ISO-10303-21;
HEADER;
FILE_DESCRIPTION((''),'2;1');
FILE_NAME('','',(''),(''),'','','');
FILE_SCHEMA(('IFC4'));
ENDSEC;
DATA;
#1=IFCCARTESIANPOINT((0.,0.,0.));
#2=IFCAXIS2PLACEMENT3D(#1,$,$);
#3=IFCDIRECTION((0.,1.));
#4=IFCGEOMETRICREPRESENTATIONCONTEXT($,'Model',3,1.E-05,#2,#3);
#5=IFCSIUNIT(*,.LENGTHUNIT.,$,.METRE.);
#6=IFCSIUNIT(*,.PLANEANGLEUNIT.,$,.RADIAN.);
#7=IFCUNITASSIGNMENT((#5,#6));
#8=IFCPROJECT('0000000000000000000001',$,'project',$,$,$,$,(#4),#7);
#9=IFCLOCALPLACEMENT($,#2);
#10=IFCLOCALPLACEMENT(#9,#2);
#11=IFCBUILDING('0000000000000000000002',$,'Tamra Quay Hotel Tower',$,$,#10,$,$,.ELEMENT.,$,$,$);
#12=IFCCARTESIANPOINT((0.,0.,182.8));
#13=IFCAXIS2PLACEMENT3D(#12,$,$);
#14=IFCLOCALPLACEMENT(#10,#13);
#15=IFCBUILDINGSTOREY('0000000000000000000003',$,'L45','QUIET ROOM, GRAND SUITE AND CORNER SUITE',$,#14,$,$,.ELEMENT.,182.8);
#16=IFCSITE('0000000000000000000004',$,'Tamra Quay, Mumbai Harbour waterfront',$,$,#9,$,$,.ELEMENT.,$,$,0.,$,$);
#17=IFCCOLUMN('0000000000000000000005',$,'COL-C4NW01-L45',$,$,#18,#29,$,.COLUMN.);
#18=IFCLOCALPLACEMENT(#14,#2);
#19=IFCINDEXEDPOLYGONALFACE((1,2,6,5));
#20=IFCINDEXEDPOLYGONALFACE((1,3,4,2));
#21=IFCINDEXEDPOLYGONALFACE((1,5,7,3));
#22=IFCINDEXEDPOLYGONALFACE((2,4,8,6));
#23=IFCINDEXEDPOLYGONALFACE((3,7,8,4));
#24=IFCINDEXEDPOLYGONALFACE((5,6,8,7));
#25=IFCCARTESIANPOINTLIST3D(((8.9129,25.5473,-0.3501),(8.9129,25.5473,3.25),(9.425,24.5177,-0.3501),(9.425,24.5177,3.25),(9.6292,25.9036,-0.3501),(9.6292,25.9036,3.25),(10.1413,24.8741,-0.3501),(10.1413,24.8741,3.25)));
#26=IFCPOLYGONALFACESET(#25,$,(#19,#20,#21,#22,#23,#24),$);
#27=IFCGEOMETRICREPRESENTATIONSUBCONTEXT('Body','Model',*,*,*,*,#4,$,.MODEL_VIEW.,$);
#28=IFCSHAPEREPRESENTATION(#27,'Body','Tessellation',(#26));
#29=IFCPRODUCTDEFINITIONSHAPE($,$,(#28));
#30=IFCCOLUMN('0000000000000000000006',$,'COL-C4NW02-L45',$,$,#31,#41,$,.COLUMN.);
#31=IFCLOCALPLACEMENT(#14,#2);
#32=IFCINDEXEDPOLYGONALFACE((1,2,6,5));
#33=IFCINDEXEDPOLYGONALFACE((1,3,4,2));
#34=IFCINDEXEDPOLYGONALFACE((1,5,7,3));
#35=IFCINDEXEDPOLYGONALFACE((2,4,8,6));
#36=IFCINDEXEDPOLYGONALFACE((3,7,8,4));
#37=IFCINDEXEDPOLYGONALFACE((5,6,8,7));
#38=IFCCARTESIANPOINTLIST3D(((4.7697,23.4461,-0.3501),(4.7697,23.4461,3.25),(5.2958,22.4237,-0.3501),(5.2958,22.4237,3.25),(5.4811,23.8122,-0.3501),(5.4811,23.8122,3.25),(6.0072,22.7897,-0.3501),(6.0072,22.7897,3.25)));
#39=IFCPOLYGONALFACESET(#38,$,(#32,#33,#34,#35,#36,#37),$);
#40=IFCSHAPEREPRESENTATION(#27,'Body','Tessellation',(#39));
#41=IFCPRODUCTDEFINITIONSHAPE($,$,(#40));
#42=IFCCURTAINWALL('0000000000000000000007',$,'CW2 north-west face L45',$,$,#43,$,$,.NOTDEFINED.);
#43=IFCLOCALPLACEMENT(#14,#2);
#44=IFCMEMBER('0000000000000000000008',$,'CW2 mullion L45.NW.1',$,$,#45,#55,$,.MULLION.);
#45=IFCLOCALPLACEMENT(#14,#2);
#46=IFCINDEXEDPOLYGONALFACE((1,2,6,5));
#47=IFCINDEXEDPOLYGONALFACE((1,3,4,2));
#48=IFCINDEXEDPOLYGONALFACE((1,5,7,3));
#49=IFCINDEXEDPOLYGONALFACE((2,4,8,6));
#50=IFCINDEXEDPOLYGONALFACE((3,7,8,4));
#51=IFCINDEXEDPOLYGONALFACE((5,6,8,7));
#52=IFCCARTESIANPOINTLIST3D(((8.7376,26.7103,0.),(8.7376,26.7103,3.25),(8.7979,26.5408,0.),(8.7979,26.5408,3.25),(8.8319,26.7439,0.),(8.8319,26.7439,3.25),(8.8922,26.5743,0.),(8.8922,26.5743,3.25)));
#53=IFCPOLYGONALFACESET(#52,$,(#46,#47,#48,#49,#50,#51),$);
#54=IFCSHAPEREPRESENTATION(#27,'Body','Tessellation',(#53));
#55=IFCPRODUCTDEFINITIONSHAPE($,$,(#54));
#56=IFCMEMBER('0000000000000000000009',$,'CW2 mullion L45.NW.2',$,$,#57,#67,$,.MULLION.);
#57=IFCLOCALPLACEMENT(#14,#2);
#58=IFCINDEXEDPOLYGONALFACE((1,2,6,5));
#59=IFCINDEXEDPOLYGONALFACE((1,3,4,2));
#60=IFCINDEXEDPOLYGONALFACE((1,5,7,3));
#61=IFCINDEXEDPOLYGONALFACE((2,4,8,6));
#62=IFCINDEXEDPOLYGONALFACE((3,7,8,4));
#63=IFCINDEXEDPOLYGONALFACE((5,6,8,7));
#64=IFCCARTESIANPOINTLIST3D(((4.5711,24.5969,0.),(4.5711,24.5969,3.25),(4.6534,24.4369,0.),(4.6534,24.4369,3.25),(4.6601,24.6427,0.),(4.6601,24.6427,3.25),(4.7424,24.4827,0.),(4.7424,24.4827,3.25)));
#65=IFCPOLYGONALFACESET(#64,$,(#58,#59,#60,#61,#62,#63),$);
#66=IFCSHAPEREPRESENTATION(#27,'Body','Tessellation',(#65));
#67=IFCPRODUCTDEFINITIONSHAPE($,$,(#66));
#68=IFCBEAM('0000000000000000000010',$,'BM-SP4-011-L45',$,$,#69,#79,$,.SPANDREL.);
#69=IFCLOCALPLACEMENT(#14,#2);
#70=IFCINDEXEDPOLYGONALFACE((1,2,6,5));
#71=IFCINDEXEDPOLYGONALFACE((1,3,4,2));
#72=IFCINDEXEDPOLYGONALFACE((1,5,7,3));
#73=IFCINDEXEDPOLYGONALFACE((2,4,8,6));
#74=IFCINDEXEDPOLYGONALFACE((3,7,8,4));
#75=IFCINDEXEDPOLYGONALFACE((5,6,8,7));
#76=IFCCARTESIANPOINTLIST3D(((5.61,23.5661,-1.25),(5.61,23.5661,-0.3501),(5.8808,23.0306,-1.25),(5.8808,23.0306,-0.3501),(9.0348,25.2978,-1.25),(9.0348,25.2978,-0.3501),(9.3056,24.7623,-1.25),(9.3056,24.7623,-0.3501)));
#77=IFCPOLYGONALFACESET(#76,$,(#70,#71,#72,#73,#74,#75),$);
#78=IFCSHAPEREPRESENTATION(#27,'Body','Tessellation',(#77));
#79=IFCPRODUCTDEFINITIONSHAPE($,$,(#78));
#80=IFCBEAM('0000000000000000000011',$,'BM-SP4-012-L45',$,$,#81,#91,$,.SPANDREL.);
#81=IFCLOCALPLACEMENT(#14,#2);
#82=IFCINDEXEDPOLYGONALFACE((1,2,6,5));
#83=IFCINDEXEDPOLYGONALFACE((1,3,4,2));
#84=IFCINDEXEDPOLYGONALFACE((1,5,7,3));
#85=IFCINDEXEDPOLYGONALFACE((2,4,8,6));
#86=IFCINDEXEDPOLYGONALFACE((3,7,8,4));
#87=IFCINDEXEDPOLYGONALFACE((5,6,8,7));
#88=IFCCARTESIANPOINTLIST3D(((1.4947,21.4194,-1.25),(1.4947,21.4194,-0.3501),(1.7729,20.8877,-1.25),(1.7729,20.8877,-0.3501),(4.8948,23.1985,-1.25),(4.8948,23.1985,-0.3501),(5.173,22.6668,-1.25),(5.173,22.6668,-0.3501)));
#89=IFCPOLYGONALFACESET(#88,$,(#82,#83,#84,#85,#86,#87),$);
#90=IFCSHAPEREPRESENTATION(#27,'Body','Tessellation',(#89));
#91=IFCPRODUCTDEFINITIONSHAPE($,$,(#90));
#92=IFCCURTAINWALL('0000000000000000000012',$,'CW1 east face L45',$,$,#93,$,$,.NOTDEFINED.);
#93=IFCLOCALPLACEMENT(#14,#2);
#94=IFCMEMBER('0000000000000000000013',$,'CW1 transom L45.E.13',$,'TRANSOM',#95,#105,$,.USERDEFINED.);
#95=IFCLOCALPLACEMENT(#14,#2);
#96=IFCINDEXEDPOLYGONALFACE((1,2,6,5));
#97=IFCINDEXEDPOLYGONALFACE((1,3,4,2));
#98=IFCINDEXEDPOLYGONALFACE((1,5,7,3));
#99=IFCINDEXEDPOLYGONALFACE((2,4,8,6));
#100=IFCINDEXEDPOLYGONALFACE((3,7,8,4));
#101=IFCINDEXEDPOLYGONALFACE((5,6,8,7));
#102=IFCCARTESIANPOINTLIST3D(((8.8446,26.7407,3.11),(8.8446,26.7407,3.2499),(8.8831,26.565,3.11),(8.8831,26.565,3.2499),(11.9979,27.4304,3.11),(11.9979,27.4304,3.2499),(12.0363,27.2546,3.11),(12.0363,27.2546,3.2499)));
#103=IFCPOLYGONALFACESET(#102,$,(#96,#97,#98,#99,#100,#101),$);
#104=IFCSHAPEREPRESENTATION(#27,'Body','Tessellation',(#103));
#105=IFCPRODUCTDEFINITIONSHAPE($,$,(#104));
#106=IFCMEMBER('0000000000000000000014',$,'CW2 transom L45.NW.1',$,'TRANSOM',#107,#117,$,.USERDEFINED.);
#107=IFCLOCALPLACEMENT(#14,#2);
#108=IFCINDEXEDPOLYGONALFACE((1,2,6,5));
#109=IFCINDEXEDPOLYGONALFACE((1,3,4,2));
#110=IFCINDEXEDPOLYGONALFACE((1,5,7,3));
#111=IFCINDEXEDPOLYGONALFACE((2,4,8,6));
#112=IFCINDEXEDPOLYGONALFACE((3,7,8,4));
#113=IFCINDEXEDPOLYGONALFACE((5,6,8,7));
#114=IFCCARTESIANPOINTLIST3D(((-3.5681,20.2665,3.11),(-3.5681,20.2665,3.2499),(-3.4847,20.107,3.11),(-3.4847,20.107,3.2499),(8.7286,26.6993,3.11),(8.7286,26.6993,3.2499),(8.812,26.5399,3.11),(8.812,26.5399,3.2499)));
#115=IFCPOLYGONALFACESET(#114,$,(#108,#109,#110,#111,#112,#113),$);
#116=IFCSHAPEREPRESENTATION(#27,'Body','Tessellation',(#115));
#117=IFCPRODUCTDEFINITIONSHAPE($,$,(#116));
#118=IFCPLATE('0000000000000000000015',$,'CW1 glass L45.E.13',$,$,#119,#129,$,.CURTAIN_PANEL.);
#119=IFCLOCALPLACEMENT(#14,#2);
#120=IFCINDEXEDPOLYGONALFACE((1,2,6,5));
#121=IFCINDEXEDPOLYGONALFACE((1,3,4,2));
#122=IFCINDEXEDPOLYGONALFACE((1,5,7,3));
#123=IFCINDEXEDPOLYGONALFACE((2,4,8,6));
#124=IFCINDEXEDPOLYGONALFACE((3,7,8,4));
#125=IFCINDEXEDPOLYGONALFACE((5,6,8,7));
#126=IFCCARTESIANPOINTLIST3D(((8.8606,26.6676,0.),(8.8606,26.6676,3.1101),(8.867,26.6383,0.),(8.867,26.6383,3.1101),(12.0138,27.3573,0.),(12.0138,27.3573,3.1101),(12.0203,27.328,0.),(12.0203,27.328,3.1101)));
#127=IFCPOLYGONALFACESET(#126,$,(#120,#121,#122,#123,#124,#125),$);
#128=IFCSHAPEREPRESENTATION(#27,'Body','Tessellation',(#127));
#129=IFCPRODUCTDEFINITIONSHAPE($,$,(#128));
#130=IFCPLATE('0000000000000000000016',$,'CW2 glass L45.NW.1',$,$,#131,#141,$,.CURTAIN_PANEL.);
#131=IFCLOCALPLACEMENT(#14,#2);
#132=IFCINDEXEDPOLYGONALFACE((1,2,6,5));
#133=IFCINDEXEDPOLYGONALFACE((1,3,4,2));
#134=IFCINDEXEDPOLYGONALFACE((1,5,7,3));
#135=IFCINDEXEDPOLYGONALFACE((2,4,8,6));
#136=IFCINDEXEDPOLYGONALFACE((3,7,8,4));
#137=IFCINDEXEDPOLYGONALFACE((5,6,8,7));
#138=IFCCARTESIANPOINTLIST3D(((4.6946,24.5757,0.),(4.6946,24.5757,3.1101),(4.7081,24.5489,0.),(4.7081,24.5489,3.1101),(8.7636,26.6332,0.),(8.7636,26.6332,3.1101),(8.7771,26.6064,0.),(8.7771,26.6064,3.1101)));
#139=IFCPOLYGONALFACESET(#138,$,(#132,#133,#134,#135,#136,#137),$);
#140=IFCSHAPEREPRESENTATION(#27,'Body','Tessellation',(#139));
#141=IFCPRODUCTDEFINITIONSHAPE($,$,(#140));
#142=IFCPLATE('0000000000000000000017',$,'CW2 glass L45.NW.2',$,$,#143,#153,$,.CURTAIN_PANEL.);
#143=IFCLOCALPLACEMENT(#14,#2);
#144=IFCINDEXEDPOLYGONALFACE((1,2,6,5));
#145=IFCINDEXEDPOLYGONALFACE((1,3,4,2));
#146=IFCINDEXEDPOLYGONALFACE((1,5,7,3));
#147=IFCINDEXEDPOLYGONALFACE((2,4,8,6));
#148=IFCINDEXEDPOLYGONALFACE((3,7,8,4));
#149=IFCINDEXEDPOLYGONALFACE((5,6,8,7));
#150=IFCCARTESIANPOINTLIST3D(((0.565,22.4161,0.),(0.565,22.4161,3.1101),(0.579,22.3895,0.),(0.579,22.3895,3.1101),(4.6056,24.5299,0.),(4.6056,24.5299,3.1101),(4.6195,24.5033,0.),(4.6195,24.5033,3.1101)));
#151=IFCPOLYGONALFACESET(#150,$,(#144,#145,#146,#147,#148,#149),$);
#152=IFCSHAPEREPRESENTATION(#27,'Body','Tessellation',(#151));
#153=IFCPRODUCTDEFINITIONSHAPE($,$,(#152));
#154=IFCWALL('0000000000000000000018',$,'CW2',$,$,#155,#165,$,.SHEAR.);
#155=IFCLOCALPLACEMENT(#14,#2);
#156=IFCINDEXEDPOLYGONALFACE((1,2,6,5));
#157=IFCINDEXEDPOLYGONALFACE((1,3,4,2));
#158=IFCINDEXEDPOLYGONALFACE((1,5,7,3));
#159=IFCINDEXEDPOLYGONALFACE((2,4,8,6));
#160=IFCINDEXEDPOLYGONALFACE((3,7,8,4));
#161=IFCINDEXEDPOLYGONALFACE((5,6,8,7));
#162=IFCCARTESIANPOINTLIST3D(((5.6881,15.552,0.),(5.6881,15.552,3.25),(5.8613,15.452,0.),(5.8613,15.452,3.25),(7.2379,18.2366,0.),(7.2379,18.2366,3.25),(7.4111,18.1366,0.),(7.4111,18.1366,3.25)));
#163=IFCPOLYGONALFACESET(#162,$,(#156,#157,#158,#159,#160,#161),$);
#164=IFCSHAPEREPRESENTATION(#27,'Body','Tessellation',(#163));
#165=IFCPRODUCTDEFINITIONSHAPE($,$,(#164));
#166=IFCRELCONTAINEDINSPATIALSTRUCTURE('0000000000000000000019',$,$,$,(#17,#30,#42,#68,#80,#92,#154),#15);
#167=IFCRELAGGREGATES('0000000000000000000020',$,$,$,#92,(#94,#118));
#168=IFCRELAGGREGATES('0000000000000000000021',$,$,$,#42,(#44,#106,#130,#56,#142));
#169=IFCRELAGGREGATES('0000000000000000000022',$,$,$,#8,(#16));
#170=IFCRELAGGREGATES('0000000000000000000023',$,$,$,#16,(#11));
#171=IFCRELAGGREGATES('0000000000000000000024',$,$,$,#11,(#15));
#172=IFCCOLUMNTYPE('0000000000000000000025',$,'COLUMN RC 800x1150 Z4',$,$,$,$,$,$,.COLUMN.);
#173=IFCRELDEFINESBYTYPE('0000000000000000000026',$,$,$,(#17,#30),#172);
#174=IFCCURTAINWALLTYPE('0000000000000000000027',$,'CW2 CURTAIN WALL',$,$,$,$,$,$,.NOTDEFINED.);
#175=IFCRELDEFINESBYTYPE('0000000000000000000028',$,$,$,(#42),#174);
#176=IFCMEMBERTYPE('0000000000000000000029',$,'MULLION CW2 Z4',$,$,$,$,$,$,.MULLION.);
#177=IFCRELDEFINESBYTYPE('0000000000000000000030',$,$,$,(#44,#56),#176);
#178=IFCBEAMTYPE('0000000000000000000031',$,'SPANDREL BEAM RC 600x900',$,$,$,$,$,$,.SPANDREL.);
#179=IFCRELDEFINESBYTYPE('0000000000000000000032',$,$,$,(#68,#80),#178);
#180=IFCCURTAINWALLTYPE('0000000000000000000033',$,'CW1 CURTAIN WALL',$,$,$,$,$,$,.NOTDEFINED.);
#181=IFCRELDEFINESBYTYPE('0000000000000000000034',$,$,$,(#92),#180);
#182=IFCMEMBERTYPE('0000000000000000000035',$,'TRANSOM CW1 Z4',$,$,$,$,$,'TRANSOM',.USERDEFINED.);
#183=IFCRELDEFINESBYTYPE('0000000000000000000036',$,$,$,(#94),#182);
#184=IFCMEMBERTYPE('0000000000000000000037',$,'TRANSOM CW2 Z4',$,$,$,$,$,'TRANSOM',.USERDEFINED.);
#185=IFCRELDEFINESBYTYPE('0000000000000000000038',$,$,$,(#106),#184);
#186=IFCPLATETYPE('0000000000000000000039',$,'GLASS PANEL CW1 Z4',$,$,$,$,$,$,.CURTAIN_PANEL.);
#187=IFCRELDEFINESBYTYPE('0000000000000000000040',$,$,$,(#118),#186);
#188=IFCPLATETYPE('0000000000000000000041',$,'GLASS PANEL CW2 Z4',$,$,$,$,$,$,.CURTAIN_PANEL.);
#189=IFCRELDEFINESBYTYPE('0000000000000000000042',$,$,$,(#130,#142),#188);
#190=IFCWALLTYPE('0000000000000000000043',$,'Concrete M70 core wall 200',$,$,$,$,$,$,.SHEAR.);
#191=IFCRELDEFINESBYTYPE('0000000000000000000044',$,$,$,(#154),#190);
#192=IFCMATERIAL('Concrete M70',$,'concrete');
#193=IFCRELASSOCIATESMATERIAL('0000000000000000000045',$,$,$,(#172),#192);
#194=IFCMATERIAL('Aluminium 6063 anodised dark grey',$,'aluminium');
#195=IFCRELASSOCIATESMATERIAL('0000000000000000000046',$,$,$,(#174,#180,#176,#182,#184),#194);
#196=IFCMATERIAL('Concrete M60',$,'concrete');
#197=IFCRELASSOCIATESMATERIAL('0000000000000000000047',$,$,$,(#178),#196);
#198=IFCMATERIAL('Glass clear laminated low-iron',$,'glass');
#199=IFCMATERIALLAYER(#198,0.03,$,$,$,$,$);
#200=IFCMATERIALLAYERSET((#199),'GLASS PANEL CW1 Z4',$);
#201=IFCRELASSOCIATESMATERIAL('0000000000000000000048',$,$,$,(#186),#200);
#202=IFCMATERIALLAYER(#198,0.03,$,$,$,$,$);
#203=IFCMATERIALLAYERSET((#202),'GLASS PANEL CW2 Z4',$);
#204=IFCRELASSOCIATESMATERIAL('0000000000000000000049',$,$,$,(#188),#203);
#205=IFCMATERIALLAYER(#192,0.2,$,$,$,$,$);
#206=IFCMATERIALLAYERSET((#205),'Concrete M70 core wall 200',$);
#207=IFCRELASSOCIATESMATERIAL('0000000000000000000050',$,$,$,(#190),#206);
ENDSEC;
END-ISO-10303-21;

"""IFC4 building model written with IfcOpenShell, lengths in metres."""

from ifc_helpers import new_model, si_unit, direction, frame, frame_2d, origin, origin_2d, place, context, subcontext, project, spatial, rectangle, extrude, material, layer, layer_set, material_profile, profile_set, type_object, element, aggregate, save


model = new_model("IFC4")

# Units and contexts
model_context = context("Model", 3, precision=1e-05, world=origin(), true_north=direction((0.0, 1.0)))
body_context = subcontext(model_context, "Body", "Model", "MODEL_VIEW")
ifc_project = project(units=[si_unit("LENGTHUNIT", "METRE"), si_unit("PLANEANGLEUNIT", "RADIAN")], contexts=[model_context])

# Site, building, storey
site_placement = place(None, origin())
site = spatial("IfcSite", under=ifc_project, at=site_placement, Name="Tamra Quay, Mumbai Harbour waterfront", CompositionType="ELEMENT", RefElevation=0.0)
building_placement = place(site_placement, origin())
building = spatial("IfcBuilding", under=site, at=building_placement, Name="Tamra Quay Hotel Tower", CompositionType="ELEMENT")
storey_placement = place(building_placement, frame((0.0, 0.0, 182.8)))
storey = spatial("IfcBuildingStorey", under=building, at=storey_placement, Name="L45", Description="QUIET ROOM, GRAND SUITE AND CORNER SUITE", CompositionType="ELEMENT", Elevation=182.8)

# Columns
ifc_material_1 = material(Name="Concrete M70", Category="concrete")
ifc_material_profile_1 = material_profile(ifc_material_1, rectangle(XDim=1.1499, YDim=0.8, at=origin_2d()), Name="COLUMN RC 800x1150 Z4")
ifc_profile_set_1 = profile_set([ifc_material_profile_1], Name="Concrete M70")
column_type = type_object("IfcColumnType", Name="COLUMN RC 800x1150 Z4", PredefinedType="COLUMN", material=ifc_profile_set_1)
for number, where, z_axis, x_axis, name in (
    (1, (9.5271, 25.2107, -0.3501), (0.0, 0.0, 1.0), (-0.445415, 0.895324, 0.0), "COL-C4NW01-L45"),
    (2, (5.3884, 23.1179, -0.3501), (0.0, 0.0, 1.0), (-0.457548, 0.889185, 0.0), "COL-C4NW02-L45"),
):
    element("IfcColumn", number, at=place(storey_placement, frame(where, z_axis=z_axis, x_axis=x_axis)), inside=storey, type_object=column_type, Name=name, PredefinedType="COLUMN", context=body_context, shape_type="SweptSolid", body=[
        extrude(rectangle(XDim=1.1499, YDim=0.8, at=origin_2d()), origin(), (0.0, 0.0, 1.0), 3.6001),
    ])

# Curtain wall, members
ifc_material_2 = material(Name="Aluminium 6063 anodised dark grey", Category="aluminium")
curtain_wall_type_1 = type_object("IfcCurtainWallType", Name="CW2 CURTAIN WALL", PredefinedType="NOTDEFINED", material=ifc_material_2)
curtain_wall_1_placement = place(storey_placement, origin())
curtain_wall_1 = element("IfcCurtainWall", 3, at=curtain_wall_1_placement, inside=storey, type_object=curtain_wall_type_1, Name="CW2 north-west face L45", PredefinedType="NOTDEFINED")
ifc_material_profile_2 = material_profile(ifc_material_2, rectangle(XDim=0.1799, YDim=0.1001, at=origin_2d()), Name="MULLION 100X180")
ifc_profile_set_2 = profile_set([ifc_material_profile_2], Name="Aluminium 6063 anodised dark grey")
member_type_1 = type_object("IfcMemberType", Name="MULLION CW2 Z4", PredefinedType="MULLION", material=ifc_profile_set_2)
member_1_placement = place(storey_placement, frame((8.8149, 26.6423, 0.0), z_axis=(0.0, 0.0, 1.0), x_axis=(-0.335128, 0.942173, 0.0)))
member_1 = element("IfcMember", 4, at=member_1_placement, type_object=member_type_1, Name="CW2 mullion L45.NW.1", PredefinedType="MULLION", context=body_context, shape_type="SweptSolid", body=[
    extrude(rectangle(XDim=0.1799, YDim=0.1001, at=origin_2d()), origin(), (0.0, 0.0, 1.0), 3.25),
])
member_2_placement = place(storey_placement, frame((4.6567, 24.5398, 0.0), z_axis=(0.0, 0.0, 1.0), x_axis=(-0.457401, 0.889261, 0.0)))
member_2 = element("IfcMember", 5, at=member_2_placement, type_object=member_type_1, Name="CW2 mullion L45.NW.2", PredefinedType="MULLION", context=body_context, shape_type="SweptSolid", body=[
    extrude(rectangle(XDim=0.1799, YDim=0.1001, at=origin_2d()), origin(), (0.0, 0.0, 1.0), 3.25),
])

# Beams
ifc_material_3 = material(Name="Concrete M60", Category="concrete")
ifc_material_profile_3 = material_profile(ifc_material_3, rectangle(XDim=0.6001, YDim=0.8999, at=origin_2d()), Name="SPANDREL BEAM RC 600x900")
ifc_profile_set_3 = profile_set([ifc_material_profile_3], Name="Concrete M60")
beam_type = type_object("IfcBeamType", Name="SPANDREL BEAM RC 600x900", PredefinedType="SPANDREL", material=ifc_profile_set_3)
beam_1_placement = place(storey_placement, frame((9.1702, 25.03, -0.8), z_axis=(-0.892408, -0.45123, 0.0), x_axis=(0.45123, -0.892408, 0.0)))
element("IfcBeam", 6, at=beam_1_placement, inside=storey, type_object=beam_type, Name="BM-SP4-011-L45", PredefinedType="SPANDREL", context=body_context, shape_type="SweptSolid", body=[
    extrude(rectangle(XDim=0.6001, YDim=0.8999, at=origin_2d()), origin(), (0.0, 0.0, 1.0), 3.8376),
])
beam_2_placement = place(storey_placement, frame((5.0339, 22.9326, -0.8), z_axis=(-0.886043, -0.463603, 0.0), x_axis=(0.463603, -0.886043, 0.0)))
element("IfcBeam", 7, at=beam_2_placement, inside=storey, type_object=beam_type, Name="BM-SP4-012-L45", PredefinedType="SPANDREL", context=body_context, shape_type="SweptSolid", body=[
    extrude(rectangle(XDim=0.6001, YDim=0.8999, at=origin_2d()), origin(), (0.0, 0.0, 1.0), 3.8374),
])

# Curtain wall, member
curtain_wall_type_2 = type_object("IfcCurtainWallType", Name="CW1 CURTAIN WALL", PredefinedType="NOTDEFINED", material=ifc_material_2)
curtain_wall_2_placement = place(storey_placement, origin())
curtain_wall_2 = element("IfcCurtainWall", 8, at=curtain_wall_2_placement, inside=storey, type_object=curtain_wall_type_2, Name="CW1 east face L45", PredefinedType="NOTDEFINED")
ifc_material_profile_4 = material_profile(ifc_material_2, rectangle(XDim=0.1799, YDim=0.1399, at=origin_2d()), Name="TRANSOM 180X140")
ifc_profile_set_4 = profile_set([ifc_material_profile_4], Name="Aluminium 6063 anodised dark grey")
member_type_2 = type_object("IfcMemberType", Name="TRANSOM CW1 Z4", ElementType="TRANSOM", PredefinedType="USERDEFINED", material=ifc_profile_set_4)
member_3_placement = place(storey_placement, frame((12.0171, 27.3425, 3.1799), z_axis=(-0.976906, -0.21367, 0.0), x_axis=(0.21367, -0.976906, 0.0)))
member_3 = element("IfcMember", 9, at=member_3_placement, type_object=member_type_2, Name="CW1 transom L45.E.13", ObjectType="TRANSOM", PredefinedType="USERDEFINED", context=body_context, shape_type="SweptSolid", body=[
    extrude(rectangle(XDim=0.1799, YDim=0.1399, at=origin_2d()), origin(), (0.0, 0.0, 1.0), 3.2278),
])

# Member
ifc_material_profile_5 = material_profile(ifc_material_2, rectangle(XDim=0.1799, YDim=0.1399, at=origin_2d()), Name="TRANSOM 180X140")
ifc_profile_set_5 = profile_set([ifc_material_profile_5], Name="Aluminium 6063 anodised dark grey")
member_type_3 = type_object("IfcMemberType", Name="TRANSOM CW2 Z4", ElementType="TRANSOM", PredefinedType="USERDEFINED", material=ifc_profile_set_5)
member_4_placement = place(storey_placement, frame((8.7703, 26.6196, 3.1799), z_axis=(-0.886075, -0.463542, 0.0), x_axis=(0.463542, -0.886075, 0.0)))
member_4 = element("IfcMember", 10, at=member_4_placement, type_object=member_type_3, Name="CW2 transom L45.NW.1", ObjectType="TRANSOM", PredefinedType="USERDEFINED", context=body_context, shape_type="SweptSolid", body=[
    extrude(rectangle(XDim=0.1799, YDim=0.1399, at=origin_2d()), origin(), (0.0, 0.0, 1.0), 13.8777),
])

# Plates
ifc_material_4 = material(Name="Glass clear laminated low-iron", Category="glass")
ifc_layer_1 = layer(ifc_material_4, 0.03)
ifc_layer_set_1 = layer_set([ifc_layer_1], Name="GLASS PANEL CW1 Z4")
plate_type_1 = type_object("IfcPlateType", Name="GLASS PANEL CW1 Z4", PredefinedType="CURTAIN_PANEL", material=ifc_layer_set_1)
plate_1_placement = place(storey_placement, frame((10.4404, 26.9978, 0.0), z_axis=(0.0, 0.0, 1.0), x_axis=(-0.976906, -0.213669, 0.0)))
plate_1 = element("IfcPlate", 11, at=plate_1_placement, type_object=plate_type_1, Name="CW1 glass L45.E.13", PredefinedType="CURTAIN_PANEL", context=body_context, shape_type="SweptSolid", body=[
    extrude(rectangle(XDim=3.2278, YDim=0.03, at=origin_2d()), origin(), (0.0, 0.0, 1.0), 3.1101),
])
aggregate(curtain_wall_2, [member_3, plate_1])
ifc_layer_2 = layer(ifc_material_4, 0.03)
ifc_layer_set_2 = layer_set([ifc_layer_2], Name="GLASS PANEL CW2 Z4")
plate_type_2 = type_object("IfcPlateType", Name="GLASS PANEL CW2 Z4", PredefinedType="CURTAIN_PANEL", material=ifc_layer_set_2)
plate_2_placement = place(storey_placement, frame((6.7358, 25.5911, 0.0), z_axis=(0.0, 0.0, 1.0), x_axis=(-0.892403, -0.451239, 0.0)))
plate_2 = element("IfcPlate", 12, at=plate_2_placement, type_object=plate_type_2, Name="CW2 glass L45.NW.1", PredefinedType="CURTAIN_PANEL", context=body_context, shape_type="SweptSolid", body=[
    extrude(rectangle(XDim=4.5596, YDim=0.03, at=origin_2d()), origin(), (0.0, 0.0, 1.0), 3.1101),
])
plate_3_placement = place(storey_placement, frame((2.5923, 23.4597, 0.0), z_axis=(0.0, 0.0, 1.0), x_axis=(-0.886076, -0.463541, 0.0)))
plate_3 = element("IfcPlate", 13, at=plate_3_placement, type_object=plate_type_2, Name="CW2 glass L45.NW.2", PredefinedType="CURTAIN_PANEL", context=body_context, shape_type="SweptSolid", body=[
    extrude(rectangle(XDim=4.5601, YDim=0.03, at=origin_2d()), origin(), (0.0, 0.0, 1.0), 3.1101),
])
aggregate(curtain_wall_1, [member_1, member_4, plate_2, member_2, plate_3])

# Wall
ifc_layer_3 = layer(ifc_material_1, 0.2)
ifc_layer_set_3 = layer_set([ifc_layer_3], Name="Concrete M70 core wall 200")
wall_type_1 = type_object("IfcWallType", Name="Concrete M70 core wall 200", PredefinedType="SHEAR", material=ifc_layer_set_3)
wall_1_placement = place(storey_placement, frame((7.3245, 18.1865, 0.0), z_axis=(0.0, 0.0, 1.0), x_axis=(-0.499968, -0.866044, 0.0)))
element("IfcWall", 14, at=wall_1_placement, inside=storey, type_object=wall_type_1, Name="CW2", PredefinedType="SHEAR", context=body_context, shape_type="SweptSolid", body=[
    extrude(rectangle(XDim=3.0999, YDim=0.2, at=frame_2d((1.5498, 0.0))), origin(), (0.0, 0.0, 1.0), 3.25),
])

save(model, "model.ifc")
